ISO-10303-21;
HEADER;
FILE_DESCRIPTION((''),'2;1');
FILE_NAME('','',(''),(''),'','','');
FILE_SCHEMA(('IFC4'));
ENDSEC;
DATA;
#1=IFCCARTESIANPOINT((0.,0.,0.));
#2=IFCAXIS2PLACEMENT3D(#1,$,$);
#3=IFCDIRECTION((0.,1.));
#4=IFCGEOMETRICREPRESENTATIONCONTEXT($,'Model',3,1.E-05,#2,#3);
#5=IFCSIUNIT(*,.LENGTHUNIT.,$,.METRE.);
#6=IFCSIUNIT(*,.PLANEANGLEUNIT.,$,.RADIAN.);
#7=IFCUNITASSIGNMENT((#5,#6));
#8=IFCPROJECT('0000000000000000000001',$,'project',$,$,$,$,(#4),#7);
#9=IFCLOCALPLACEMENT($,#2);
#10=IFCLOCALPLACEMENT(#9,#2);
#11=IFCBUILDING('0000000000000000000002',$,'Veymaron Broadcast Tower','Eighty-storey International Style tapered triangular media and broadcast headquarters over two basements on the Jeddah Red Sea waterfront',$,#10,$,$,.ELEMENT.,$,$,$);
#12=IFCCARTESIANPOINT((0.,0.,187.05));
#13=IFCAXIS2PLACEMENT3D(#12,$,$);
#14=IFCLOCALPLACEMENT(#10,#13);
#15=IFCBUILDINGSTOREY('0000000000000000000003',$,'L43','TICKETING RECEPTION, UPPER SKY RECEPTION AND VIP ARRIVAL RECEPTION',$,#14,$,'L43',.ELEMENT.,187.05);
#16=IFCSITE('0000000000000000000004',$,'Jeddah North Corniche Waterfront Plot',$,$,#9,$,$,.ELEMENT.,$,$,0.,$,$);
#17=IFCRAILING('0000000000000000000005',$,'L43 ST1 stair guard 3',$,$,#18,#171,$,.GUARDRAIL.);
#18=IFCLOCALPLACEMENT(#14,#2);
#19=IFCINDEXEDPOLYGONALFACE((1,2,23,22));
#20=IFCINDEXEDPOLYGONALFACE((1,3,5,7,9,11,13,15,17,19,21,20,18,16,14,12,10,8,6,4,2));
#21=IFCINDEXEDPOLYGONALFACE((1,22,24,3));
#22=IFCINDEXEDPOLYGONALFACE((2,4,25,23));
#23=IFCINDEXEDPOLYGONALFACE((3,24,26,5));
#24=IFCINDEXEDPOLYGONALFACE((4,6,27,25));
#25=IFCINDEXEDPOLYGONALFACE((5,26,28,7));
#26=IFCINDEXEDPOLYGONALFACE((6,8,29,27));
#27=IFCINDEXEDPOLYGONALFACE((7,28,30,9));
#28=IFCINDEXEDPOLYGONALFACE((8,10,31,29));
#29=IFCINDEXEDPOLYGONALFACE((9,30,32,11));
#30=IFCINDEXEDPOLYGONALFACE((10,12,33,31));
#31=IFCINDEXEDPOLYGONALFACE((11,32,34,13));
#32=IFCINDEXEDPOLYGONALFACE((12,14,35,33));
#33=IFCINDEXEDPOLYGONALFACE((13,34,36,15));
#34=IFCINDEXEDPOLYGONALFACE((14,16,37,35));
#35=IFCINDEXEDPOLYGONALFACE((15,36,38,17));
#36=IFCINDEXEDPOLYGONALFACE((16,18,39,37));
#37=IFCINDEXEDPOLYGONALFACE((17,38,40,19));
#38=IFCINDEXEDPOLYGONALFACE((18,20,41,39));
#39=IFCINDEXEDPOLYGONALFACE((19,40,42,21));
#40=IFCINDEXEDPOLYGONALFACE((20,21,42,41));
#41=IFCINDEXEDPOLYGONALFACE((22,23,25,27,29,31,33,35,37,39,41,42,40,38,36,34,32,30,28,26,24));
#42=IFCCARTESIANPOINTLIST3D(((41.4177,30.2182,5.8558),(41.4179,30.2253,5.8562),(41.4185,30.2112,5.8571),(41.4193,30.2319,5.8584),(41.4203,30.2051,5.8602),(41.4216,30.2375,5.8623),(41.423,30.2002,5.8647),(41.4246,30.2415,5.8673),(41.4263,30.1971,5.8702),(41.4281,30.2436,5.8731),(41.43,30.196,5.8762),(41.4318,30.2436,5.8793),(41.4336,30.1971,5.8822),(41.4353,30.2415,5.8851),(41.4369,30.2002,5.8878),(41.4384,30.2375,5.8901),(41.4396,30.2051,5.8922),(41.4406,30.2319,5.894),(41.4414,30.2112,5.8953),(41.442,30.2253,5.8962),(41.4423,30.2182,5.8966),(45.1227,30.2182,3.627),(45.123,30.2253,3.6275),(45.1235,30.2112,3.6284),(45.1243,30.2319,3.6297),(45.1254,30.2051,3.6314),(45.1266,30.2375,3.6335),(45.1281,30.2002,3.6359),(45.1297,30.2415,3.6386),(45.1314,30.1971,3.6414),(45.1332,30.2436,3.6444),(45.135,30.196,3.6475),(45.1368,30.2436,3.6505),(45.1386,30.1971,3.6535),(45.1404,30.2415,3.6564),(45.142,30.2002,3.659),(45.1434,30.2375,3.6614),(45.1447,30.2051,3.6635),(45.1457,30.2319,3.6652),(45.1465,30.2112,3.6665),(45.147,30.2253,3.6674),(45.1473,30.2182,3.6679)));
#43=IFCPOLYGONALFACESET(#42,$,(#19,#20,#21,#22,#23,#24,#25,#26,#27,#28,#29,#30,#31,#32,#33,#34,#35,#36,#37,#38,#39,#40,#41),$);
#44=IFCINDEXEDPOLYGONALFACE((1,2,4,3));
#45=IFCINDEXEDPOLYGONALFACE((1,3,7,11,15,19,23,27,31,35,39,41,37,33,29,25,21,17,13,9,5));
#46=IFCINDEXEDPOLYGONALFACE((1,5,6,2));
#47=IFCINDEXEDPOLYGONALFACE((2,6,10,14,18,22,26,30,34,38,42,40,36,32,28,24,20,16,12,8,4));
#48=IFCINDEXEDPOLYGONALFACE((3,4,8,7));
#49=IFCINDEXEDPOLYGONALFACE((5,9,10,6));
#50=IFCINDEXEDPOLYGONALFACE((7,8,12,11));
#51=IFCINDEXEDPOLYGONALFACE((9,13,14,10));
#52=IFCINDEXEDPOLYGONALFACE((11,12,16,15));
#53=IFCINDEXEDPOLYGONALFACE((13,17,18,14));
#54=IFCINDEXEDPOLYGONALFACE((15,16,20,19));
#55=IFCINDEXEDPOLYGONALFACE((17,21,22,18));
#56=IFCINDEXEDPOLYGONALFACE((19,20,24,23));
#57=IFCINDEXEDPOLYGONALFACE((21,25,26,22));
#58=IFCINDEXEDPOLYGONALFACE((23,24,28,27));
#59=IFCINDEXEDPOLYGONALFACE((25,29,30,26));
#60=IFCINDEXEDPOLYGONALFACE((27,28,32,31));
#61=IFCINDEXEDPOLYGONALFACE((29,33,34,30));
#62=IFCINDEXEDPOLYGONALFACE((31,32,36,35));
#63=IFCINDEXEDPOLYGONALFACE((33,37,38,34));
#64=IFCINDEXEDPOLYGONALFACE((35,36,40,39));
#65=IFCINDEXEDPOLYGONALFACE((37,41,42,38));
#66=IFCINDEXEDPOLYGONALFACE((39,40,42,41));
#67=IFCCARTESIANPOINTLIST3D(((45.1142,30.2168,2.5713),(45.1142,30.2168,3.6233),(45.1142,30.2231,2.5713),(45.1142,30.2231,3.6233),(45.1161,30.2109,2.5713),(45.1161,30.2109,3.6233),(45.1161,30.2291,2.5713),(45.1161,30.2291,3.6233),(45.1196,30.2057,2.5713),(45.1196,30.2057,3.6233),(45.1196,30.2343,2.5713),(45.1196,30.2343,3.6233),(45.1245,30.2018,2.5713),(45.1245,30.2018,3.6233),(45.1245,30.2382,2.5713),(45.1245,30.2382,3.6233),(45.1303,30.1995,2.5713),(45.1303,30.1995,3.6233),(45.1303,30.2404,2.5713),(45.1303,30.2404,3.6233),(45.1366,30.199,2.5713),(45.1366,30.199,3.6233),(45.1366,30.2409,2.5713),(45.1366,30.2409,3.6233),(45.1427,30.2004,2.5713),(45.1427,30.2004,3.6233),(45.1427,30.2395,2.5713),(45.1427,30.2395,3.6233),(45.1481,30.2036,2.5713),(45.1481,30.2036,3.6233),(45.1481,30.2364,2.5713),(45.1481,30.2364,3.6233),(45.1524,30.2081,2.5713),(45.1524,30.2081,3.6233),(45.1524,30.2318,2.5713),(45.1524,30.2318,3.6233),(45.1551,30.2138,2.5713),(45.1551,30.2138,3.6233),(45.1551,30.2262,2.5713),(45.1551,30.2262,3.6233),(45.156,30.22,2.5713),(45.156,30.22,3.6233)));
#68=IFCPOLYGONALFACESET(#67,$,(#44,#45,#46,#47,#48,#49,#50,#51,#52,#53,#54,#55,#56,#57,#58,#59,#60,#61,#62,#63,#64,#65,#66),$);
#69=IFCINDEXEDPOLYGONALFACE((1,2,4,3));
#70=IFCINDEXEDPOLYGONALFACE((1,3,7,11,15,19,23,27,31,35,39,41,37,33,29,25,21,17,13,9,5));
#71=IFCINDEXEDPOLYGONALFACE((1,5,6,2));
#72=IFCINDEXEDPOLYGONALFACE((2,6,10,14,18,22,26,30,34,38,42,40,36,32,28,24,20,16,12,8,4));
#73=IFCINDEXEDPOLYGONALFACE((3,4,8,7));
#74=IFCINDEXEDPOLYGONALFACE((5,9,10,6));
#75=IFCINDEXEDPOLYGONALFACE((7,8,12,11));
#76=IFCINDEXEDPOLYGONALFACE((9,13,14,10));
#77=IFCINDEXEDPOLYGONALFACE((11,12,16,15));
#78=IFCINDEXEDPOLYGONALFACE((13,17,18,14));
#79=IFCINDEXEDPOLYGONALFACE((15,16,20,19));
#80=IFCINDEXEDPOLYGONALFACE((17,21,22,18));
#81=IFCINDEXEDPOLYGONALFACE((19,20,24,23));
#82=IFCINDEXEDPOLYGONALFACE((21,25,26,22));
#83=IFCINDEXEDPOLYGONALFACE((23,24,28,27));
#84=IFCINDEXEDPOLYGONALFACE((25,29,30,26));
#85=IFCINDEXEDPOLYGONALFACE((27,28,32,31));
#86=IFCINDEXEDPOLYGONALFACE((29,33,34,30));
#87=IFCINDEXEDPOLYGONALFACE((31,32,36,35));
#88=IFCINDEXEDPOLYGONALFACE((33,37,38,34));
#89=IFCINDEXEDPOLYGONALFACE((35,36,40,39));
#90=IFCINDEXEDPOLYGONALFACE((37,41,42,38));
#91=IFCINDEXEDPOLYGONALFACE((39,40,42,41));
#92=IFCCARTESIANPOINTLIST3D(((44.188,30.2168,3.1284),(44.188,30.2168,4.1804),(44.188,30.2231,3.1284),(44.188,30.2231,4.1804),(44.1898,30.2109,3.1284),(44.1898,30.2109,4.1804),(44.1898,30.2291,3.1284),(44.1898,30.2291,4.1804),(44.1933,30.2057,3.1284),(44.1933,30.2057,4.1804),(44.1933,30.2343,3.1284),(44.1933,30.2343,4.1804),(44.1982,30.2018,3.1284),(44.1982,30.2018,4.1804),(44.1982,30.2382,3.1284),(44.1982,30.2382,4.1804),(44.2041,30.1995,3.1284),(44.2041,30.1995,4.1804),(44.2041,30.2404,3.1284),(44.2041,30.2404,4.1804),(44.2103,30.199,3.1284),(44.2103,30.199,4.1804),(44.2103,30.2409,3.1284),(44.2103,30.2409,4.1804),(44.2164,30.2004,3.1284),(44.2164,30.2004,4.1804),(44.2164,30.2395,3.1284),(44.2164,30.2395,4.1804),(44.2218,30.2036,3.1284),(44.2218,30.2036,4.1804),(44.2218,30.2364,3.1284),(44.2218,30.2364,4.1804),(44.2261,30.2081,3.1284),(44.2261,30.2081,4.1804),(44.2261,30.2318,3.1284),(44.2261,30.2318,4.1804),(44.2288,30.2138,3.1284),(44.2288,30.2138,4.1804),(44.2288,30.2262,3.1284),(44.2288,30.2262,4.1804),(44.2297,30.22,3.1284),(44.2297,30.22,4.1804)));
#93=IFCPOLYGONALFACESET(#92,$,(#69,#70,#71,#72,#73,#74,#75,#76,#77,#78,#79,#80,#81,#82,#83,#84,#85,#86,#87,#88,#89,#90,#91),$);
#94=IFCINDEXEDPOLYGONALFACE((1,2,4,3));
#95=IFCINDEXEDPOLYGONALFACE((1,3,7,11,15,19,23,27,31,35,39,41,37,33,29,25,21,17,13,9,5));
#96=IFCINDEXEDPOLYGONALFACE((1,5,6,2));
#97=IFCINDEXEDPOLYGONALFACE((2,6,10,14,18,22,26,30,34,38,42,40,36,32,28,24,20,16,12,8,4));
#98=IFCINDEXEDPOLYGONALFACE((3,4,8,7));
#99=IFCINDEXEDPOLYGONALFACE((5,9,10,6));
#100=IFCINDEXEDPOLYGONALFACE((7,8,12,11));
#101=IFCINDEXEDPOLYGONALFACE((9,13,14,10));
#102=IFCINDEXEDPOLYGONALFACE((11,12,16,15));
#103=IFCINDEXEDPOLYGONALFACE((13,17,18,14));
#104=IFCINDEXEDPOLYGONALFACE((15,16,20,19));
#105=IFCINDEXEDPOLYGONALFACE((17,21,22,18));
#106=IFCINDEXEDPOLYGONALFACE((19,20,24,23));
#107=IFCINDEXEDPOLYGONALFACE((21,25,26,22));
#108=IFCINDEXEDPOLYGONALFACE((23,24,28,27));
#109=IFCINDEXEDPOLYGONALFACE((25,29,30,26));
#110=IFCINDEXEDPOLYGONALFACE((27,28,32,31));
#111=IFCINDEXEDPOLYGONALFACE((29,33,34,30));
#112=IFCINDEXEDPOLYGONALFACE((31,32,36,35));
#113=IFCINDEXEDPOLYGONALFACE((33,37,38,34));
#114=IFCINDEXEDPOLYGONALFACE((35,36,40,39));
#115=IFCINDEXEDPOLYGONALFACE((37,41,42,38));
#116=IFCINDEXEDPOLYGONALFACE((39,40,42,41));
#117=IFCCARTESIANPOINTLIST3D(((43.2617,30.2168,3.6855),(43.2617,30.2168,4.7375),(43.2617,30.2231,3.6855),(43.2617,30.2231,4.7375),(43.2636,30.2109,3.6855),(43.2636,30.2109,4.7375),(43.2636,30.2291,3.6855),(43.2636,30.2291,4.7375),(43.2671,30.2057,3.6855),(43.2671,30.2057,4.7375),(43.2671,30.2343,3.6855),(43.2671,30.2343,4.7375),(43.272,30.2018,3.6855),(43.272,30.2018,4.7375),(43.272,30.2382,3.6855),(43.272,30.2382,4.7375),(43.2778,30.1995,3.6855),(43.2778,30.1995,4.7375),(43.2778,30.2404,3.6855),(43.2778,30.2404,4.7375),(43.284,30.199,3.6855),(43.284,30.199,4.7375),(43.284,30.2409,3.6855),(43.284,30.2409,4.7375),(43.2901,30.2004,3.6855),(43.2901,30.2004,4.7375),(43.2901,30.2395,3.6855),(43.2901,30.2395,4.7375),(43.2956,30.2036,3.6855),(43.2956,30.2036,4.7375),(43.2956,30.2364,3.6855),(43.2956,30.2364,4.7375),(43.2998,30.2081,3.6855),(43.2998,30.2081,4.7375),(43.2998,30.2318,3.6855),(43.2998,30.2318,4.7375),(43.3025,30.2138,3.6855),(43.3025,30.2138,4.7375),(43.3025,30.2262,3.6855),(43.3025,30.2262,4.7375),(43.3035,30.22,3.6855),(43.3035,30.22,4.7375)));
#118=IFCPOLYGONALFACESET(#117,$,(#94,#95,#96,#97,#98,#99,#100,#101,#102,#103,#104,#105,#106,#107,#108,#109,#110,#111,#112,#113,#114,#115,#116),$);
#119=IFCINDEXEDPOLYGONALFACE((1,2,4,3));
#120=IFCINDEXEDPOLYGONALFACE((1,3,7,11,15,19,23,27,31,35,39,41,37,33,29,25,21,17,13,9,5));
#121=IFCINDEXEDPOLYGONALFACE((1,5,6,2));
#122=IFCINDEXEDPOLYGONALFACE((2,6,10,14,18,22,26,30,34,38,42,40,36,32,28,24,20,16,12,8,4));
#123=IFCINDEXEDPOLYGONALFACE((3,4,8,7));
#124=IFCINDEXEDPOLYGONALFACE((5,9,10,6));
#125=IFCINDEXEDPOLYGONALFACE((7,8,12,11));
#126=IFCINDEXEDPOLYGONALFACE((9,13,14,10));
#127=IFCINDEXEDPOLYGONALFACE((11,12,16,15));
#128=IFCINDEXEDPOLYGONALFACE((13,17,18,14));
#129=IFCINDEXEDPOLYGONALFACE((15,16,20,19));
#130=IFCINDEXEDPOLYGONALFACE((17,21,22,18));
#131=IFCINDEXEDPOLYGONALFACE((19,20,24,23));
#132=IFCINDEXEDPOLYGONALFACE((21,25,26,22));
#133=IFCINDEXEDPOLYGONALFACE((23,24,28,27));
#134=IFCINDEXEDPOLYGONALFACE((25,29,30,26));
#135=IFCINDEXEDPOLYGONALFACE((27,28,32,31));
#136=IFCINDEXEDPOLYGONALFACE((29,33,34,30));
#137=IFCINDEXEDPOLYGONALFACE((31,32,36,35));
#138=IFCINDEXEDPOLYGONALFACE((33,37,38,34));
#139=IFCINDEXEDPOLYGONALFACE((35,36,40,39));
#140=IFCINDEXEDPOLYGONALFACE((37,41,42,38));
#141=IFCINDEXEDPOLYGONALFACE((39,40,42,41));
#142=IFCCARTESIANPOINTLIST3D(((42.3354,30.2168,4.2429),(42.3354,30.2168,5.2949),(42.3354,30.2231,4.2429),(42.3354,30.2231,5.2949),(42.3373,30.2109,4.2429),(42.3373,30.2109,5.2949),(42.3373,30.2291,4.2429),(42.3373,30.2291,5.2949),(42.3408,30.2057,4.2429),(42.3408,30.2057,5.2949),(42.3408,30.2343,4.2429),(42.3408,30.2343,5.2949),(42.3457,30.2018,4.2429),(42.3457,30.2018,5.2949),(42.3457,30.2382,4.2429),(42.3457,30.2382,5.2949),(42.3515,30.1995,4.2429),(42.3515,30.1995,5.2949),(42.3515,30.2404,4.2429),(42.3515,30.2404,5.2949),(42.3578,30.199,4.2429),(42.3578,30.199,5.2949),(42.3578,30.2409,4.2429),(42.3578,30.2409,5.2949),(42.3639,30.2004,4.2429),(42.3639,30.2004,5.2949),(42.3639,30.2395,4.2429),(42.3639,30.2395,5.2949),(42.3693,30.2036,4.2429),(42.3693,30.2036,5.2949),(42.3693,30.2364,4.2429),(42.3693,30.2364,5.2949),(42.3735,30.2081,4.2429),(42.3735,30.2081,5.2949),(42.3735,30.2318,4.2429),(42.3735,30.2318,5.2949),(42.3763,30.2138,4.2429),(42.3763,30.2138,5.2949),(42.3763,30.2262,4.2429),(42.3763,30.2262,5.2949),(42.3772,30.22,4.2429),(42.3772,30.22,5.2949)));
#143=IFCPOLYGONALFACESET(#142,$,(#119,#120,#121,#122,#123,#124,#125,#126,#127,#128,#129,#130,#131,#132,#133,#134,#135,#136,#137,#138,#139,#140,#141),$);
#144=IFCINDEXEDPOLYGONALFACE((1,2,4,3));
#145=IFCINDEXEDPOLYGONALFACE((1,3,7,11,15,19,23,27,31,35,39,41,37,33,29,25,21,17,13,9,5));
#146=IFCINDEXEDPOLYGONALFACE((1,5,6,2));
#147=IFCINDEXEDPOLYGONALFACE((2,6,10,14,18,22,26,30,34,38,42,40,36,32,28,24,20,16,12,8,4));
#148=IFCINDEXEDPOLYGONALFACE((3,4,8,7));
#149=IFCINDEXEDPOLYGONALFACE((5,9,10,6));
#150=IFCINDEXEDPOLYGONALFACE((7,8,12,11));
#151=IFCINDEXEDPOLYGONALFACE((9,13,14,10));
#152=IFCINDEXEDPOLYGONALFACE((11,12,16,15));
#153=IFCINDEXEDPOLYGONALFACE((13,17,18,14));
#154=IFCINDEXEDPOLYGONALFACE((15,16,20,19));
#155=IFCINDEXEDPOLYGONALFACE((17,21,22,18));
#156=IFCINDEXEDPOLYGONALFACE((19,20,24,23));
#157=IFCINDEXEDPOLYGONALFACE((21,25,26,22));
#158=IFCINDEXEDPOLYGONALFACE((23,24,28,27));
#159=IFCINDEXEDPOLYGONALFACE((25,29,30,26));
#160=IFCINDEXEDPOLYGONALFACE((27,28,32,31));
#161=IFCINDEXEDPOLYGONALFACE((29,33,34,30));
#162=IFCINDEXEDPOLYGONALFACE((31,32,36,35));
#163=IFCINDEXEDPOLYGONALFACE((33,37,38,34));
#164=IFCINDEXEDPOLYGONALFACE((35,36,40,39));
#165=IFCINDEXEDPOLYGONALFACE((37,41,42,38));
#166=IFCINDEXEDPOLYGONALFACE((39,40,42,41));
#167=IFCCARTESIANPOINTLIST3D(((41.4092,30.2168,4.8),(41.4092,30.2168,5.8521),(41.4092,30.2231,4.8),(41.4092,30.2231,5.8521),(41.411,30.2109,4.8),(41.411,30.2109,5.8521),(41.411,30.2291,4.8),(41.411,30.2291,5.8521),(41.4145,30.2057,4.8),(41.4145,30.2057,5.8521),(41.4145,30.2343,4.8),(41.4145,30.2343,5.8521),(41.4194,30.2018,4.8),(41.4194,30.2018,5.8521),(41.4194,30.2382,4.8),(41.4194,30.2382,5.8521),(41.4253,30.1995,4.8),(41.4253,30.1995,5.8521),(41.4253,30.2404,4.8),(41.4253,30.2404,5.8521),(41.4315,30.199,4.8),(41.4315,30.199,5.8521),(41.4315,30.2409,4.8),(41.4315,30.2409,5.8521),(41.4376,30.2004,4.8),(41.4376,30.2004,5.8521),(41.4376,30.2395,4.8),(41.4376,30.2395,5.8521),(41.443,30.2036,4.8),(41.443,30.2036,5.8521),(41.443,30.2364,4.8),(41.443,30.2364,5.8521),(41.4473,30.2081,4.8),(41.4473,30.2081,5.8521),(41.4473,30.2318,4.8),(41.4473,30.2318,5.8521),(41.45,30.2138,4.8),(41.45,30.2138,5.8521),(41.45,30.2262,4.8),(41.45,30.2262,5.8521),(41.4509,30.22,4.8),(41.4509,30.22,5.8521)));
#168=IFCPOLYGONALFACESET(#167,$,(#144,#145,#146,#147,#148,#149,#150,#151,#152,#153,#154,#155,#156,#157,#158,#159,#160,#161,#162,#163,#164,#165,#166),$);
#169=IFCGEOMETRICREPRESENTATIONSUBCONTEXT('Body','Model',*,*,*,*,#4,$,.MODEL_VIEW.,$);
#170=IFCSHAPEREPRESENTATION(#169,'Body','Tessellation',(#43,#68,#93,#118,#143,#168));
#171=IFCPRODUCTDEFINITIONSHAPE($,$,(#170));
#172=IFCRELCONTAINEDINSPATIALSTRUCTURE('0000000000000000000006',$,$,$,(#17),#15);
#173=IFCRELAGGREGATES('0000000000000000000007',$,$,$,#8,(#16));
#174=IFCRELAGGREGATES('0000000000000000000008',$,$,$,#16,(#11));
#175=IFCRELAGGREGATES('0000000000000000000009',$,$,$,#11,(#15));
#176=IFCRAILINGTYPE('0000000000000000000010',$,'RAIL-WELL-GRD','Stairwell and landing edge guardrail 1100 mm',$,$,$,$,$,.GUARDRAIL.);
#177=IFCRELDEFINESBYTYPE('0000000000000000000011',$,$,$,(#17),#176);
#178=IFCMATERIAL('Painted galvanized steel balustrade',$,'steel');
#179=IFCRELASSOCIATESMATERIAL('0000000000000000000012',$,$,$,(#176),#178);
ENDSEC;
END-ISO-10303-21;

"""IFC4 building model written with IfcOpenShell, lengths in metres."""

from ifc_helpers import new_model, si_unit, direction, frame, origin, origin_2d, place, context, subcontext, project, spatial, circle, extrude, material, type_object, element, save


model = new_model("IFC4")

# Units and contexts
model_context = context("Model", 3, precision=1e-05, world=origin(), true_north=direction((0.0, 1.0)))
body_context = subcontext(model_context, "Body", "Model", "MODEL_VIEW")
ifc_project = project(units=[si_unit("LENGTHUNIT", "METRE"), si_unit("PLANEANGLEUNIT", "RADIAN")], contexts=[model_context])

# Site, building, storey
site_placement = place(None, origin())
site = spatial("IfcSite", under=ifc_project, at=site_placement, Name="Jeddah North Corniche Waterfront Plot", CompositionType="ELEMENT", RefElevation=0.0)
building_placement = place(site_placement, origin())
building = spatial("IfcBuilding", under=site, at=building_placement, Name="Veymaron Broadcast Tower", Description="Eighty-storey International Style tapered triangular media and broadcast headquarters over two basements on the Jeddah Red Sea waterfront", CompositionType="ELEMENT")
storey_placement = place(building_placement, frame((0.0, 0.0, 187.05)))
storey = spatial("IfcBuildingStorey", under=building, at=storey_placement, Name="L43", Description="TICKETING RECEPTION, UPPER SKY RECEPTION AND VIP ARRIVAL RECEPTION", LongName="L43", CompositionType="ELEMENT", Elevation=187.05)

# Railing
ifc_material_1 = material(Name="Painted galvanized steel balustrade", Category="steel")
railing_type_1 = type_object("IfcRailingType", Name="RAIL-WELL-GRD", Description="Stairwell and landing edge guardrail 1100 mm", PredefinedType="GUARDRAIL", material=ifc_material_1)
railing_1_placement = place(storey_placement, frame((45.135, 30.22, 2.5713)))
element("IfcRailing", 1, at=railing_1_placement, inside=storey, type_object=railing_type_1, Name="L43 ST1 stair guard 3", PredefinedType="GUARDRAIL", context=body_context, shape_type="SweptSolid", body=[
    extrude(circle(Radius=0.0239, at=origin_2d()), frame((0.0, 0.0, 1.0762), z_axis=(-0.856909, 0.0, 0.515467), x_axis=(0.0, -1.0, 0.0)), (0.0, 0.0, 1.0), 4.3237),
    extrude(circle(Radius=0.021, at=origin_2d()), origin(), (0.0, 0.0, 1.0), 1.052),
    extrude(circle(Radius=0.021, at=origin_2d()), frame((-0.9263, 0.0, 0.5571)), (0.0, 0.0, 1.0), 1.052),
    extrude(circle(Radius=0.021, at=origin_2d()), frame((-1.8525, 0.0, 1.1143)), (0.0, 0.0, 1.0), 1.052),
    extrude(circle(Radius=0.021, at=origin_2d()), frame((-2.7788, 0.0, 1.6716)), (0.0, 0.0, 1.0), 1.052),
    extrude(circle(Radius=0.021, at=origin_2d()), frame((-3.7051, 0.0, 2.2288)), (0.0, 0.0, 1.0), 1.052),
])

save(model, "model.ifc")
